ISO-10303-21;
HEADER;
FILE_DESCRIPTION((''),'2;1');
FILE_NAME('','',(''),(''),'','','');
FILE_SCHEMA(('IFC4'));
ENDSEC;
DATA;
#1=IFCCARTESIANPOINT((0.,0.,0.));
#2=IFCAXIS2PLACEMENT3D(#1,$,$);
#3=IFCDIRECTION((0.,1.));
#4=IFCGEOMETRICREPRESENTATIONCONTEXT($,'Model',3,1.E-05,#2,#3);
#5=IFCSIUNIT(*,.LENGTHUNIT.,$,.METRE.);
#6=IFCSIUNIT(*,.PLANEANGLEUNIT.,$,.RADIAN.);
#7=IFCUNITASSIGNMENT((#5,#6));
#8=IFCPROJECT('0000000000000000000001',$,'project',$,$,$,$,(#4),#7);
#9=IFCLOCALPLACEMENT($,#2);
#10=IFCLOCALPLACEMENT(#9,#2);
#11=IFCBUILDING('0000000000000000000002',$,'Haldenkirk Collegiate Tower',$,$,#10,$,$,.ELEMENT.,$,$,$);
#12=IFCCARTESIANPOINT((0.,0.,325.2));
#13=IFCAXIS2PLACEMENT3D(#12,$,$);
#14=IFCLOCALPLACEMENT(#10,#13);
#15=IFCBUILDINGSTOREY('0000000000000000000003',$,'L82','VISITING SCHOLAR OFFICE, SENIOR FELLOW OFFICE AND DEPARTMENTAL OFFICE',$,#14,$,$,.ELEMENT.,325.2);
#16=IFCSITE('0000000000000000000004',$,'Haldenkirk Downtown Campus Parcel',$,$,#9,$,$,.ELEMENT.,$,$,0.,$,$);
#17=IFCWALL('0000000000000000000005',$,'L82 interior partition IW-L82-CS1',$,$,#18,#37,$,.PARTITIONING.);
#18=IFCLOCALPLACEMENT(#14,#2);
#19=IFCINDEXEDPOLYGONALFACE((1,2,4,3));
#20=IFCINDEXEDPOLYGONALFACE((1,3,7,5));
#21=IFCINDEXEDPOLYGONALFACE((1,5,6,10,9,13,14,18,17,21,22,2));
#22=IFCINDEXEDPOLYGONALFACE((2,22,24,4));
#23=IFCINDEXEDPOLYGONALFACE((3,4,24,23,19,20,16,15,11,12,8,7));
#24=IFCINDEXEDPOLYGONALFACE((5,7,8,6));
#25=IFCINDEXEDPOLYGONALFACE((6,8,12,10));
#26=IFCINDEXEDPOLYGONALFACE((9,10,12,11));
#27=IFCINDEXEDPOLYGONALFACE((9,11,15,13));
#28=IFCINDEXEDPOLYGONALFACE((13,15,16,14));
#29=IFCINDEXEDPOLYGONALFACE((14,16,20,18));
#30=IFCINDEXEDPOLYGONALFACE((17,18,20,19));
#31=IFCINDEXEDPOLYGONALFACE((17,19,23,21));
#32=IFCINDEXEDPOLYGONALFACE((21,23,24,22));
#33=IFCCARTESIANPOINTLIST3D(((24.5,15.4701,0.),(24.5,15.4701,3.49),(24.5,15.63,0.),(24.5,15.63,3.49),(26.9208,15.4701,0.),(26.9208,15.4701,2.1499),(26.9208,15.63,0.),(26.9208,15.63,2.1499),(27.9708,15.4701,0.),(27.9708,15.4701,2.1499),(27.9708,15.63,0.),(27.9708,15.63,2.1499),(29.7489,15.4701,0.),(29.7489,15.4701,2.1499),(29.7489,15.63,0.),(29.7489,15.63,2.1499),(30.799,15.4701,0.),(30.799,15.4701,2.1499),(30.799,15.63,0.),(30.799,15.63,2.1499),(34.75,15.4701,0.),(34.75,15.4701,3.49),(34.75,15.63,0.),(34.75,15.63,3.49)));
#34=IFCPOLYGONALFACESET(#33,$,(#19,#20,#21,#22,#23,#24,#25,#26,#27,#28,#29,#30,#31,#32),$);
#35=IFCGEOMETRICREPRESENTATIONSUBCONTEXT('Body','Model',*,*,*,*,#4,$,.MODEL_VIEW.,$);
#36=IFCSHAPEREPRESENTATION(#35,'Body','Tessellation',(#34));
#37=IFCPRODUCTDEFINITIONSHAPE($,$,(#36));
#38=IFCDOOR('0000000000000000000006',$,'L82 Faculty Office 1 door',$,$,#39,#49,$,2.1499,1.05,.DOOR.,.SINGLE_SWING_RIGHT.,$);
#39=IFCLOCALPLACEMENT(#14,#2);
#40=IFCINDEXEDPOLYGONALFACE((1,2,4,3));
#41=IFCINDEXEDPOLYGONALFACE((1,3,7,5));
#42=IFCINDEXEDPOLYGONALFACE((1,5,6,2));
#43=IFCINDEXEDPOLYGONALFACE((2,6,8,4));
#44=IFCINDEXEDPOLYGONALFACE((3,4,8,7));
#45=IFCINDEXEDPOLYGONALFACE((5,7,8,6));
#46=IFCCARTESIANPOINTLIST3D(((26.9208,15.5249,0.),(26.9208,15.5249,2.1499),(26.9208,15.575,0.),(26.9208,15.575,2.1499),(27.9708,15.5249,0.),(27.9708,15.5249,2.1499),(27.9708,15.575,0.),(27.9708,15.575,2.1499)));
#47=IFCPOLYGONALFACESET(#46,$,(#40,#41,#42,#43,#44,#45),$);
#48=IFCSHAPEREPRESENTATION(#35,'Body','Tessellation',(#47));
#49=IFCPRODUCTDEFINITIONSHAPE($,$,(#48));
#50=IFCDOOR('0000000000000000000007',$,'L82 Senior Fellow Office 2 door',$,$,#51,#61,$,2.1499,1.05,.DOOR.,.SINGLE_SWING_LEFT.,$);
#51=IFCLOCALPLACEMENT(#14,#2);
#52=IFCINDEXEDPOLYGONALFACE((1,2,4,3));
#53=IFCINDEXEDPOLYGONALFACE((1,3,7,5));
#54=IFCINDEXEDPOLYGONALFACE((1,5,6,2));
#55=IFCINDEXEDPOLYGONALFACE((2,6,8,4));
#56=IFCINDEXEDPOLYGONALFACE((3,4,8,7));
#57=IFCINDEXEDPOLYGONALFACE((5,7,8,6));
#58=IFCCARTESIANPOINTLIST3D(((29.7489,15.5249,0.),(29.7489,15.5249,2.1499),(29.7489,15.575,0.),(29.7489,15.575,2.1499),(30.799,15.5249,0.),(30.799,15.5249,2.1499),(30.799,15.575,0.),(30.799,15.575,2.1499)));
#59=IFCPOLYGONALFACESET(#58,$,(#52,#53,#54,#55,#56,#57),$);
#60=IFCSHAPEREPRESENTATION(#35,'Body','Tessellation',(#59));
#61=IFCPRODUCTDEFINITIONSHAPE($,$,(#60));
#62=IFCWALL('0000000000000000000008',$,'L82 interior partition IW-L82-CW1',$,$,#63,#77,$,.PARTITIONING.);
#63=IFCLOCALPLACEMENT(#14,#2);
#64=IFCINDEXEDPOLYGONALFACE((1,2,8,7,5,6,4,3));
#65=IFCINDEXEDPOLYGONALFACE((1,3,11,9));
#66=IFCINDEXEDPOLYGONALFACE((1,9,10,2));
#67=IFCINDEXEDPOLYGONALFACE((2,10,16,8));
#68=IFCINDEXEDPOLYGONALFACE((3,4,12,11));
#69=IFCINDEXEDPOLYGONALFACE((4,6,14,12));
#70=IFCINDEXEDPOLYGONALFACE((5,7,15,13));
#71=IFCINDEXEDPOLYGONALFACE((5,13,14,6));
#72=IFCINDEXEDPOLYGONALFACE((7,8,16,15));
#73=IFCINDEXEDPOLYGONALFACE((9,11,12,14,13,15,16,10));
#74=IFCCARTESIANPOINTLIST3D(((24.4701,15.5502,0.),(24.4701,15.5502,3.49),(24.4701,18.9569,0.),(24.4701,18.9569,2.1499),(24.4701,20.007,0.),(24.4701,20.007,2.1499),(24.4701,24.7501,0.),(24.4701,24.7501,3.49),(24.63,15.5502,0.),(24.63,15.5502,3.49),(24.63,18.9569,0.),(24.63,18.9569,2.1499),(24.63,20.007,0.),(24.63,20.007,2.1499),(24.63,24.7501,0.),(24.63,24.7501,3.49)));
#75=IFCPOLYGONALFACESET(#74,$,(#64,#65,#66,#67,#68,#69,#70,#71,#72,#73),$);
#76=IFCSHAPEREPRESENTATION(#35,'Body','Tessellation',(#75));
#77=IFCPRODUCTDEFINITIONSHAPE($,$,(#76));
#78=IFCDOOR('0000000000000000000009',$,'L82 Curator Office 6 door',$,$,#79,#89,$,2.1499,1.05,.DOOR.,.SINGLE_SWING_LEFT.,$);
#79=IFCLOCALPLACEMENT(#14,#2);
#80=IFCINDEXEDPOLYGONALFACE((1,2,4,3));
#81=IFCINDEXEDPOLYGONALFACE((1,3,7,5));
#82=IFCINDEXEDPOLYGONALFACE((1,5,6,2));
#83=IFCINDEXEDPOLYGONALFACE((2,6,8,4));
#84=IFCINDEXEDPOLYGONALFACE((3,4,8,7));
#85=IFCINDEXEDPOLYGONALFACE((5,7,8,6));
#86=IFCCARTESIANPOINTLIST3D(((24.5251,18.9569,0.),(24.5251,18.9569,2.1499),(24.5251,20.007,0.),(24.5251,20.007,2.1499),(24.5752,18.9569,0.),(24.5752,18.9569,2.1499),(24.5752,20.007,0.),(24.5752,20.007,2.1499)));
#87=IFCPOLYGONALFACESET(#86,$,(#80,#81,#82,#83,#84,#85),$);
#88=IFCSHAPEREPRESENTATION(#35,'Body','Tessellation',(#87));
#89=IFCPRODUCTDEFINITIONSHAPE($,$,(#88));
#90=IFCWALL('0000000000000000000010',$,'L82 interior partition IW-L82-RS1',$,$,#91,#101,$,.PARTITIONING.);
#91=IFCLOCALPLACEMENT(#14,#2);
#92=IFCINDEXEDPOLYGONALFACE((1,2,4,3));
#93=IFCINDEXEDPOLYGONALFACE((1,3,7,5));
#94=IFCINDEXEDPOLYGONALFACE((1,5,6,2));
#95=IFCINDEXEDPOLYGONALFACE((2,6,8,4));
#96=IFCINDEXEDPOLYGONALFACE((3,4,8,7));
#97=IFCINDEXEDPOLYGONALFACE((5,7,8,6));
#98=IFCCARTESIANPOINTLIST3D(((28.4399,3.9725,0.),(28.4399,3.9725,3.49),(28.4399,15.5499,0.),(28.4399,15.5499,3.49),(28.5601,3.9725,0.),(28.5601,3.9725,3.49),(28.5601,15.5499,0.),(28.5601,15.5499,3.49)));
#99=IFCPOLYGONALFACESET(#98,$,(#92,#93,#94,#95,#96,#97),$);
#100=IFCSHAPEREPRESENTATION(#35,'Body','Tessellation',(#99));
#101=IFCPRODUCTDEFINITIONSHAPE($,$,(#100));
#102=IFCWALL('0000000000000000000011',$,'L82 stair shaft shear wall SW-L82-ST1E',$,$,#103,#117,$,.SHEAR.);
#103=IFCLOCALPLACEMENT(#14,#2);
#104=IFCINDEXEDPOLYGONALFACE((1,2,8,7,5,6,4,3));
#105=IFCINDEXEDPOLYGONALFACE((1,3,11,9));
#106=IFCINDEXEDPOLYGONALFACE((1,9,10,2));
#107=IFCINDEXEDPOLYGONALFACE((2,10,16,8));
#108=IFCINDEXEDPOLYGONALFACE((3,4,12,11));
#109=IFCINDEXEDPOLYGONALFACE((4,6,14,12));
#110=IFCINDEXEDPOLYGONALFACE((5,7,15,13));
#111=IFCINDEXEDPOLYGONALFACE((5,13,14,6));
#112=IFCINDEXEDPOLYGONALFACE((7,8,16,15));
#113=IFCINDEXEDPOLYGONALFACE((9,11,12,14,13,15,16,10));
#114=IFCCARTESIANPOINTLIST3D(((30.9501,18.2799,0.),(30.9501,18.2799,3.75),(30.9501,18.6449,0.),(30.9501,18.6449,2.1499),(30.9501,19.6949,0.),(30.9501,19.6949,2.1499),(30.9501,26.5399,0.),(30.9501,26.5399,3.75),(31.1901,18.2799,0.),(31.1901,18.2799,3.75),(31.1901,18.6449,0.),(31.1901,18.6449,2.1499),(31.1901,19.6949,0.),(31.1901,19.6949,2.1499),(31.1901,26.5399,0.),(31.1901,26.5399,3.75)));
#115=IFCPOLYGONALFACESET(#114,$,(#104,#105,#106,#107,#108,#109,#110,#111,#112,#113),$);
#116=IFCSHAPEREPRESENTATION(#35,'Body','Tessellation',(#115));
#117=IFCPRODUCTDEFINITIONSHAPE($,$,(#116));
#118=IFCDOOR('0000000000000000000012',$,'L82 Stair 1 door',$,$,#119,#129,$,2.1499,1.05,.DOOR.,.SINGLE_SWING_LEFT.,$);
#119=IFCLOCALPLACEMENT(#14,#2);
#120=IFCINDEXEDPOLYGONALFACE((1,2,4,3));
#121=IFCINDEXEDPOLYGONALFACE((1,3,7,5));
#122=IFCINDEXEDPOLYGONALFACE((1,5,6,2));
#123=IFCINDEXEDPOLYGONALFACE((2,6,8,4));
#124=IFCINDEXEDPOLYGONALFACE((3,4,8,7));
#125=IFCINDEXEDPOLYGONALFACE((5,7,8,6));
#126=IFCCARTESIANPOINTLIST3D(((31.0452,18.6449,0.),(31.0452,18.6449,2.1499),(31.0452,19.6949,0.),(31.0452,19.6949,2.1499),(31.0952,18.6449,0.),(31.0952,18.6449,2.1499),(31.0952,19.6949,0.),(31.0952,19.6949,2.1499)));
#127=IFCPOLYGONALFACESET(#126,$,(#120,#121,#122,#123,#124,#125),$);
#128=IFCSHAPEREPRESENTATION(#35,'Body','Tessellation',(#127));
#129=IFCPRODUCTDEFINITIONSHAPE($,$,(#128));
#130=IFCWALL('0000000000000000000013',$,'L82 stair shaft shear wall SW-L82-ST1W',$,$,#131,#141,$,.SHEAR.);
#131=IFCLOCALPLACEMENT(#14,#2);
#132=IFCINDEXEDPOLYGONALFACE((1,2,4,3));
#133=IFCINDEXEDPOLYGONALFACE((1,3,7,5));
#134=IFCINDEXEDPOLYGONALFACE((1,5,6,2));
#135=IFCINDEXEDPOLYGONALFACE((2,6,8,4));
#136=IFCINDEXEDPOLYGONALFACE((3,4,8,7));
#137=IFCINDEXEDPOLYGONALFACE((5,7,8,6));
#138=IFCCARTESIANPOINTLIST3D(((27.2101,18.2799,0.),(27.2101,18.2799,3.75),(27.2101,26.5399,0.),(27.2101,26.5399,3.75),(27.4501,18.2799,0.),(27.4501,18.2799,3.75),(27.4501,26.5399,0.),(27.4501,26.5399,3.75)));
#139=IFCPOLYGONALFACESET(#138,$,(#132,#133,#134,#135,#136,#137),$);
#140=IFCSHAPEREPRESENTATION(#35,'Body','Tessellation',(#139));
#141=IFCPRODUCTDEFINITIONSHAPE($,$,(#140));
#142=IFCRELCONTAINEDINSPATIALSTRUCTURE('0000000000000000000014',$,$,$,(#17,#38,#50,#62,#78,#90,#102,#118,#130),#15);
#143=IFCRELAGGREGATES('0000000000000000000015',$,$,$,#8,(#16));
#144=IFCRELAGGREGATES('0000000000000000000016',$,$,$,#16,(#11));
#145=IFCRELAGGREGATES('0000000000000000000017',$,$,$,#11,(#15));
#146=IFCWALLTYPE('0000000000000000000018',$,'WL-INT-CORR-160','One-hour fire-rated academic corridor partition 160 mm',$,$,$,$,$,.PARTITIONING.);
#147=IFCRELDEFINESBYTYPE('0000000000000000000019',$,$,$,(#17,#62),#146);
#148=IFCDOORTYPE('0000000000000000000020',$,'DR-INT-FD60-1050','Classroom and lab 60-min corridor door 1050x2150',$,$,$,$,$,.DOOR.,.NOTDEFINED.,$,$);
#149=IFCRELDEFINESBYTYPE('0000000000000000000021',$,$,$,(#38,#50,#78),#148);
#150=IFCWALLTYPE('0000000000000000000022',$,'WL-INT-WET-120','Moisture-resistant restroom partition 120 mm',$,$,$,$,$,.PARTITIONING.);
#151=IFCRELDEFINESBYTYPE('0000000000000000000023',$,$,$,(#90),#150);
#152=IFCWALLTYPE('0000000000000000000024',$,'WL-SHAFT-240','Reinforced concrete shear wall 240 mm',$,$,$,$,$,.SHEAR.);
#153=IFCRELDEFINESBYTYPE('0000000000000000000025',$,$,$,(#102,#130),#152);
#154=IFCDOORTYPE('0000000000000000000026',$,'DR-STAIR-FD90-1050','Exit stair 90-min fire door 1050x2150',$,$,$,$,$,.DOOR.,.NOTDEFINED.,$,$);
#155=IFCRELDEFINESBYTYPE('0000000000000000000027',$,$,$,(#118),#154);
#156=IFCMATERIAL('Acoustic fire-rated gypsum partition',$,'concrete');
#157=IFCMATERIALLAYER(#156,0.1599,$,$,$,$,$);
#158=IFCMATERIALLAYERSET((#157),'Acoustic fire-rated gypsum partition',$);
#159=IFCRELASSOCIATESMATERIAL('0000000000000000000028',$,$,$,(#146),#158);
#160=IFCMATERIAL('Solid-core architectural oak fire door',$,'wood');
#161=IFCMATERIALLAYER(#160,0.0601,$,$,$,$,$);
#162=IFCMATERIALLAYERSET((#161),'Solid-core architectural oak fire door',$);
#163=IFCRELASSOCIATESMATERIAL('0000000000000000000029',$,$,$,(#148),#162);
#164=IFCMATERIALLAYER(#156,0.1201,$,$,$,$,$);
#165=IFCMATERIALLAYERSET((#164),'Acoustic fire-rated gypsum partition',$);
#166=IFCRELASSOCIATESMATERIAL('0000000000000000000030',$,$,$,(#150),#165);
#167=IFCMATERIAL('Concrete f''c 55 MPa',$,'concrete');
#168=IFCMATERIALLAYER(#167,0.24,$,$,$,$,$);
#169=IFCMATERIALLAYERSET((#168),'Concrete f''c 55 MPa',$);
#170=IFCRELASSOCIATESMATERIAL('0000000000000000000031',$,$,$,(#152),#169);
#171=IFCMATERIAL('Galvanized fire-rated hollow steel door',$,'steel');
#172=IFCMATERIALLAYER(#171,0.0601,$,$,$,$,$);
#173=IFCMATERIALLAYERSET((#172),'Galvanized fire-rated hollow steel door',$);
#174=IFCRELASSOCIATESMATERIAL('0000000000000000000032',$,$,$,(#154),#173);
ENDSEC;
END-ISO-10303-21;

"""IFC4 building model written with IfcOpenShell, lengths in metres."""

from ifc_helpers import new_model, si_unit, direction, frame, frame_2d, origin, place, context, subcontext, project, spatial, rectangle, extrude, material, layer, layer_set, type_object, element, fill, save


model = new_model("IFC4")

# Units and contexts
model_context = context("Model", 3, precision=1e-05, world=origin(), true_north=direction((0.0, 1.0)))
body_context = subcontext(model_context, "Body", "Model", "MODEL_VIEW")
ifc_project = project(units=[si_unit("LENGTHUNIT", "METRE"), si_unit("PLANEANGLEUNIT", "RADIAN")], contexts=[model_context])

# Site, building, storey
site_placement = place(None, origin())
site = spatial("IfcSite", under=ifc_project, at=site_placement, Name="Haldenkirk Downtown Campus Parcel", CompositionType="ELEMENT", RefElevation=0.0)
building_placement = place(site_placement, origin())
building = spatial("IfcBuilding", under=site, at=building_placement, Name="Haldenkirk Collegiate Tower", CompositionType="ELEMENT")
storey_placement = place(building_placement, frame((0.0, 0.0, 325.2)))
storey = spatial("IfcBuildingStorey", under=building, at=storey_placement, Name="L82", Description="VISITING SCHOLAR OFFICE, SENIOR FELLOW OFFICE AND DEPARTMENTAL OFFICE", CompositionType="ELEMENT", Elevation=325.2)

# Shared definitions
ifc_material_1 = material(Name="Concrete f'c 55 MPa", Category="concrete")
ifc_material_2 = material(Name="Galvanized fire-rated hollow steel door", Category="steel")

# Wall, openings, doors
ifc_material_3 = material(Name="Acoustic fire-rated gypsum partition", Category="concrete")
ifc_layer_1 = layer(ifc_material_3, 0.1599)
ifc_layer_set_1 = layer_set([ifc_layer_1], Name="Acoustic fire-rated gypsum partition")
wall_type_1 = type_object("IfcWallType", Name="WL-INT-CORR-160", Description="One-hour fire-rated academic corridor partition 160 mm", PredefinedType="PARTITIONING", material=ifc_layer_set_1)
wall_1_placement = place(storey_placement, frame((24.5, 15.55, 0.0), z_axis=(0.0, 0.0, 1.0), x_axis=(1.0, 0.0, 0.0)))
wall_1 = element("IfcWall", 1, at=wall_1_placement, inside=storey, type_object=wall_type_1, Name="L82 interior partition IW-L82-CS1", PredefinedType="PARTITIONING", context=body_context, shape_type="SweptSolid", body=[
    extrude(rectangle(XDim=10.25, YDim=0.1599, at=frame_2d((5.125, 0.0))), origin(), (0.0, 0.0, 1.0), 3.49),
])
opening_1_placement = place(wall_1_placement, frame((2.4209, 0.0, 0.0)))
opening_1 = element("IfcOpeningElement", 2, at=opening_1_placement, cuts=wall_1, PredefinedType="OPENING", context=body_context, shape_type="SweptSolid", body=[
    extrude(rectangle(XDim=1.05, YDim=2.1499, at=frame_2d((0.5249, 1.075))), frame((0.0, 0.0898, 0.0), z_axis=(0.0, -1.0, 0.0), x_axis=(1.0, 0.0, 0.0)), (0.0, 0.0, 1.0), 0.1799),
])
opening_2_placement = place(wall_1_placement, frame((5.249, 0.0, 0.0)))
opening_2 = element("IfcOpeningElement", 3, at=opening_2_placement, cuts=wall_1, PredefinedType="OPENING", context=body_context, shape_type="SweptSolid", body=[
    extrude(rectangle(XDim=1.05, YDim=2.1499, at=frame_2d((0.5249, 1.075))), frame((0.0, 0.0898, 0.0), z_axis=(0.0, -1.0, 0.0), x_axis=(1.0, 0.0, 0.0)), (0.0, 0.0, 1.0), 0.1799),
])
ifc_material_4 = material(Name="Solid-core architectural oak fire door", Category="wood")
ifc_layer_2 = layer(ifc_material_4, 0.0601)
ifc_layer_set_2 = layer_set([ifc_layer_2], Name="Solid-core architectural oak fire door")
door_type_1 = type_object("IfcDoorType", Name="DR-INT-FD60-1050", Description="Classroom and lab 60-min corridor door 1050x2150", OperationType="NOTDEFINED", PredefinedType="DOOR", material=ifc_layer_set_2)
door_1_placement = place(opening_1_placement, origin())
door_1 = element("IfcDoor", 4, at=door_1_placement, inside=storey, type_object=door_type_1, Name="L82 Faculty Office 1 door", OperationType="SINGLE_SWING_RIGHT", OverallHeight=2.1499, OverallWidth=1.05, PredefinedType="DOOR", context=body_context, shape_type="SweptSolid", body=[
    extrude(rectangle(XDim=1.05, YDim=2.1499, at=frame_2d((0.5249, 1.075))), frame((0.0, 0.0249, 0.0), z_axis=(0.0, -1.0, 0.0), x_axis=(1.0, 0.0, 0.0)), (0.0, 0.0, 1.0), 0.05),
])
fill(opening_1, door_1)
door_2_placement = place(opening_2_placement, origin())
door_2 = element("IfcDoor", 5, at=door_2_placement, inside=storey, type_object=door_type_1, Name="L82 Senior Fellow Office 2 door", OperationType="SINGLE_SWING_LEFT", OverallHeight=2.1499, OverallWidth=1.05, PredefinedType="DOOR", context=body_context, shape_type="SweptSolid", body=[
    extrude(rectangle(XDim=1.05, YDim=2.1499, at=frame_2d((0.5249, 1.075))), frame((0.0, 0.0249, 0.0), z_axis=(0.0, -1.0, 0.0), x_axis=(1.0, 0.0, 0.0)), (0.0, 0.0, 1.0), 0.05),
])
fill(opening_2, door_2)

# Wall, opening, door
wall_2_placement = place(storey_placement, frame((24.55, 15.55, 0.0), z_axis=(0.0, 0.0, 1.0), x_axis=(0.0, 1.0, 0.0)))
wall_2 = element("IfcWall", 6, at=wall_2_placement, inside=storey, type_object=wall_type_1, Name="L82 interior partition IW-L82-CW1", PredefinedType="PARTITIONING", context=body_context, shape_type="SweptSolid", body=[
    extrude(rectangle(XDim=9.2, YDim=0.1599, at=frame_2d((4.6001, 0.0))), origin(), (0.0, 0.0, 1.0), 3.49),
])
opening_3_placement = place(wall_2_placement, frame((3.407, 0.0, 0.0)))
opening_3 = element("IfcOpeningElement", 7, at=opening_3_placement, cuts=wall_2, PredefinedType="OPENING", context=body_context, shape_type="SweptSolid", body=[
    extrude(rectangle(XDim=1.05, YDim=2.1499, at=frame_2d((0.5249, 1.075))), frame((0.0, 0.0898, 0.0), z_axis=(0.0, -1.0, 0.0), x_axis=(1.0, 0.0, 0.0)), (0.0, 0.0, 1.0), 0.1799),
])
door_3_placement = place(opening_3_placement, origin())
door_3 = element("IfcDoor", 8, at=door_3_placement, inside=storey, type_object=door_type_1, Name="L82 Curator Office 6 door", OperationType="SINGLE_SWING_LEFT", OverallHeight=2.1499, OverallWidth=1.05, PredefinedType="DOOR", context=body_context, shape_type="SweptSolid", body=[
    extrude(rectangle(XDim=1.05, YDim=2.1499, at=frame_2d((0.5249, 1.075))), frame((0.0, 0.0249, 0.0), z_axis=(0.0, -1.0, 0.0), x_axis=(1.0, 0.0, 0.0)), (0.0, 0.0, 1.0), 0.05),
])
fill(opening_3, door_3)

# Wall
ifc_layer_3 = layer(ifc_material_3, 0.1201)
ifc_layer_set_3 = layer_set([ifc_layer_3], Name="Acoustic fire-rated gypsum partition")
wall_type_2 = type_object("IfcWallType", Name="WL-INT-WET-120", Description="Moisture-resistant restroom partition 120 mm", PredefinedType="PARTITIONING", material=ifc_layer_set_3)
wall_3_placement = place(storey_placement, frame((28.5, 3.9727, 0.0), z_axis=(0.0, 0.0, 1.0), x_axis=(0.0, 1.0, 0.0)))
element("IfcWall", 9, at=wall_3_placement, inside=storey, type_object=wall_type_2, Name="L82 interior partition IW-L82-RS1", PredefinedType="PARTITIONING", context=body_context, shape_type="SweptSolid", body=[
    extrude(rectangle(XDim=11.5774, YDim=0.1201, at=frame_2d((5.7886, 0.0))), origin(), (0.0, 0.0, 1.0), 3.49),
])

# Wall, opening, door
ifc_layer_4 = layer(ifc_material_1, 0.24)
ifc_layer_set_4 = layer_set([ifc_layer_4], Name="Concrete f'c 55 MPa")
wall_type_3 = type_object("IfcWallType", Name="WL-SHAFT-240", Description="Reinforced concrete shear wall 240 mm", PredefinedType="SHEAR", material=ifc_layer_set_4)
wall_4_placement = place(storey_placement, frame((31.0701, 18.28, 0.0), z_axis=(0.0, 0.0, 1.0), x_axis=(0.0, 1.0, 0.0)))
wall_4 = element("IfcWall", 10, at=wall_4_placement, inside=storey, type_object=wall_type_3, Name="L82 stair shaft shear wall SW-L82-ST1E", PredefinedType="SHEAR", context=body_context, shape_type="SweptSolid", body=[
    extrude(rectangle(XDim=8.26, YDim=0.24, at=frame_2d((4.1299, 0.0))), origin(), (0.0, 0.0, 1.0), 3.75),
])
opening_4_placement = place(wall_4_placement, frame((0.365, 0.0, 0.0)))
opening_4 = element("IfcOpeningElement", 11, at=opening_4_placement, cuts=wall_4, PredefinedType="OPENING", context=body_context, shape_type="SweptSolid", body=[
    extrude(rectangle(XDim=1.05, YDim=2.1499, at=frame_2d((0.5249, 1.075))), frame((0.0, 0.1299, 0.0), z_axis=(0.0, -1.0, 0.0), x_axis=(1.0, 0.0, 0.0)), (0.0, 0.0, 1.0), 0.26),
])
ifc_layer_5 = layer(ifc_material_2, 0.0601)
ifc_layer_set_5 = layer_set([ifc_layer_5], Name="Galvanized fire-rated hollow steel door")
door_type_2 = type_object("IfcDoorType", Name="DR-STAIR-FD90-1050", Description="Exit stair 90-min fire door 1050x2150", OperationType="NOTDEFINED", PredefinedType="DOOR", material=ifc_layer_set_5)
door_4_placement = place(opening_4_placement, origin())
door_4 = element("IfcDoor", 12, at=door_4_placement, inside=storey, type_object=door_type_2, Name="L82 Stair 1 door", OperationType="SINGLE_SWING_LEFT", OverallHeight=2.1499, OverallWidth=1.05, PredefinedType="DOOR", context=body_context, shape_type="SweptSolid", body=[
    extrude(rectangle(XDim=1.05, YDim=2.1499, at=frame_2d((0.5249, 1.075))), frame((0.0, 0.0249, 0.0), z_axis=(0.0, -1.0, 0.0), x_axis=(1.0, 0.0, 0.0)), (0.0, 0.0, 1.0), 0.05),
])
fill(opening_4, door_4)

# Wall
wall_5_placement = place(storey_placement, frame((27.3301, 18.28, 0.0), z_axis=(0.0, 0.0, 1.0), x_axis=(0.0, 1.0, 0.0)))
element("IfcWall", 13, at=wall_5_placement, inside=storey, type_object=wall_type_3, Name="L82 stair shaft shear wall SW-L82-ST1W", PredefinedType="SHEAR", context=body_context, shape_type="SweptSolid", body=[
    extrude(rectangle(XDim=8.26, YDim=0.24, at=frame_2d((4.1299, 0.0))), origin(), (0.0, 0.0, 1.0), 3.75),
])

save(model, "model.ifc")
